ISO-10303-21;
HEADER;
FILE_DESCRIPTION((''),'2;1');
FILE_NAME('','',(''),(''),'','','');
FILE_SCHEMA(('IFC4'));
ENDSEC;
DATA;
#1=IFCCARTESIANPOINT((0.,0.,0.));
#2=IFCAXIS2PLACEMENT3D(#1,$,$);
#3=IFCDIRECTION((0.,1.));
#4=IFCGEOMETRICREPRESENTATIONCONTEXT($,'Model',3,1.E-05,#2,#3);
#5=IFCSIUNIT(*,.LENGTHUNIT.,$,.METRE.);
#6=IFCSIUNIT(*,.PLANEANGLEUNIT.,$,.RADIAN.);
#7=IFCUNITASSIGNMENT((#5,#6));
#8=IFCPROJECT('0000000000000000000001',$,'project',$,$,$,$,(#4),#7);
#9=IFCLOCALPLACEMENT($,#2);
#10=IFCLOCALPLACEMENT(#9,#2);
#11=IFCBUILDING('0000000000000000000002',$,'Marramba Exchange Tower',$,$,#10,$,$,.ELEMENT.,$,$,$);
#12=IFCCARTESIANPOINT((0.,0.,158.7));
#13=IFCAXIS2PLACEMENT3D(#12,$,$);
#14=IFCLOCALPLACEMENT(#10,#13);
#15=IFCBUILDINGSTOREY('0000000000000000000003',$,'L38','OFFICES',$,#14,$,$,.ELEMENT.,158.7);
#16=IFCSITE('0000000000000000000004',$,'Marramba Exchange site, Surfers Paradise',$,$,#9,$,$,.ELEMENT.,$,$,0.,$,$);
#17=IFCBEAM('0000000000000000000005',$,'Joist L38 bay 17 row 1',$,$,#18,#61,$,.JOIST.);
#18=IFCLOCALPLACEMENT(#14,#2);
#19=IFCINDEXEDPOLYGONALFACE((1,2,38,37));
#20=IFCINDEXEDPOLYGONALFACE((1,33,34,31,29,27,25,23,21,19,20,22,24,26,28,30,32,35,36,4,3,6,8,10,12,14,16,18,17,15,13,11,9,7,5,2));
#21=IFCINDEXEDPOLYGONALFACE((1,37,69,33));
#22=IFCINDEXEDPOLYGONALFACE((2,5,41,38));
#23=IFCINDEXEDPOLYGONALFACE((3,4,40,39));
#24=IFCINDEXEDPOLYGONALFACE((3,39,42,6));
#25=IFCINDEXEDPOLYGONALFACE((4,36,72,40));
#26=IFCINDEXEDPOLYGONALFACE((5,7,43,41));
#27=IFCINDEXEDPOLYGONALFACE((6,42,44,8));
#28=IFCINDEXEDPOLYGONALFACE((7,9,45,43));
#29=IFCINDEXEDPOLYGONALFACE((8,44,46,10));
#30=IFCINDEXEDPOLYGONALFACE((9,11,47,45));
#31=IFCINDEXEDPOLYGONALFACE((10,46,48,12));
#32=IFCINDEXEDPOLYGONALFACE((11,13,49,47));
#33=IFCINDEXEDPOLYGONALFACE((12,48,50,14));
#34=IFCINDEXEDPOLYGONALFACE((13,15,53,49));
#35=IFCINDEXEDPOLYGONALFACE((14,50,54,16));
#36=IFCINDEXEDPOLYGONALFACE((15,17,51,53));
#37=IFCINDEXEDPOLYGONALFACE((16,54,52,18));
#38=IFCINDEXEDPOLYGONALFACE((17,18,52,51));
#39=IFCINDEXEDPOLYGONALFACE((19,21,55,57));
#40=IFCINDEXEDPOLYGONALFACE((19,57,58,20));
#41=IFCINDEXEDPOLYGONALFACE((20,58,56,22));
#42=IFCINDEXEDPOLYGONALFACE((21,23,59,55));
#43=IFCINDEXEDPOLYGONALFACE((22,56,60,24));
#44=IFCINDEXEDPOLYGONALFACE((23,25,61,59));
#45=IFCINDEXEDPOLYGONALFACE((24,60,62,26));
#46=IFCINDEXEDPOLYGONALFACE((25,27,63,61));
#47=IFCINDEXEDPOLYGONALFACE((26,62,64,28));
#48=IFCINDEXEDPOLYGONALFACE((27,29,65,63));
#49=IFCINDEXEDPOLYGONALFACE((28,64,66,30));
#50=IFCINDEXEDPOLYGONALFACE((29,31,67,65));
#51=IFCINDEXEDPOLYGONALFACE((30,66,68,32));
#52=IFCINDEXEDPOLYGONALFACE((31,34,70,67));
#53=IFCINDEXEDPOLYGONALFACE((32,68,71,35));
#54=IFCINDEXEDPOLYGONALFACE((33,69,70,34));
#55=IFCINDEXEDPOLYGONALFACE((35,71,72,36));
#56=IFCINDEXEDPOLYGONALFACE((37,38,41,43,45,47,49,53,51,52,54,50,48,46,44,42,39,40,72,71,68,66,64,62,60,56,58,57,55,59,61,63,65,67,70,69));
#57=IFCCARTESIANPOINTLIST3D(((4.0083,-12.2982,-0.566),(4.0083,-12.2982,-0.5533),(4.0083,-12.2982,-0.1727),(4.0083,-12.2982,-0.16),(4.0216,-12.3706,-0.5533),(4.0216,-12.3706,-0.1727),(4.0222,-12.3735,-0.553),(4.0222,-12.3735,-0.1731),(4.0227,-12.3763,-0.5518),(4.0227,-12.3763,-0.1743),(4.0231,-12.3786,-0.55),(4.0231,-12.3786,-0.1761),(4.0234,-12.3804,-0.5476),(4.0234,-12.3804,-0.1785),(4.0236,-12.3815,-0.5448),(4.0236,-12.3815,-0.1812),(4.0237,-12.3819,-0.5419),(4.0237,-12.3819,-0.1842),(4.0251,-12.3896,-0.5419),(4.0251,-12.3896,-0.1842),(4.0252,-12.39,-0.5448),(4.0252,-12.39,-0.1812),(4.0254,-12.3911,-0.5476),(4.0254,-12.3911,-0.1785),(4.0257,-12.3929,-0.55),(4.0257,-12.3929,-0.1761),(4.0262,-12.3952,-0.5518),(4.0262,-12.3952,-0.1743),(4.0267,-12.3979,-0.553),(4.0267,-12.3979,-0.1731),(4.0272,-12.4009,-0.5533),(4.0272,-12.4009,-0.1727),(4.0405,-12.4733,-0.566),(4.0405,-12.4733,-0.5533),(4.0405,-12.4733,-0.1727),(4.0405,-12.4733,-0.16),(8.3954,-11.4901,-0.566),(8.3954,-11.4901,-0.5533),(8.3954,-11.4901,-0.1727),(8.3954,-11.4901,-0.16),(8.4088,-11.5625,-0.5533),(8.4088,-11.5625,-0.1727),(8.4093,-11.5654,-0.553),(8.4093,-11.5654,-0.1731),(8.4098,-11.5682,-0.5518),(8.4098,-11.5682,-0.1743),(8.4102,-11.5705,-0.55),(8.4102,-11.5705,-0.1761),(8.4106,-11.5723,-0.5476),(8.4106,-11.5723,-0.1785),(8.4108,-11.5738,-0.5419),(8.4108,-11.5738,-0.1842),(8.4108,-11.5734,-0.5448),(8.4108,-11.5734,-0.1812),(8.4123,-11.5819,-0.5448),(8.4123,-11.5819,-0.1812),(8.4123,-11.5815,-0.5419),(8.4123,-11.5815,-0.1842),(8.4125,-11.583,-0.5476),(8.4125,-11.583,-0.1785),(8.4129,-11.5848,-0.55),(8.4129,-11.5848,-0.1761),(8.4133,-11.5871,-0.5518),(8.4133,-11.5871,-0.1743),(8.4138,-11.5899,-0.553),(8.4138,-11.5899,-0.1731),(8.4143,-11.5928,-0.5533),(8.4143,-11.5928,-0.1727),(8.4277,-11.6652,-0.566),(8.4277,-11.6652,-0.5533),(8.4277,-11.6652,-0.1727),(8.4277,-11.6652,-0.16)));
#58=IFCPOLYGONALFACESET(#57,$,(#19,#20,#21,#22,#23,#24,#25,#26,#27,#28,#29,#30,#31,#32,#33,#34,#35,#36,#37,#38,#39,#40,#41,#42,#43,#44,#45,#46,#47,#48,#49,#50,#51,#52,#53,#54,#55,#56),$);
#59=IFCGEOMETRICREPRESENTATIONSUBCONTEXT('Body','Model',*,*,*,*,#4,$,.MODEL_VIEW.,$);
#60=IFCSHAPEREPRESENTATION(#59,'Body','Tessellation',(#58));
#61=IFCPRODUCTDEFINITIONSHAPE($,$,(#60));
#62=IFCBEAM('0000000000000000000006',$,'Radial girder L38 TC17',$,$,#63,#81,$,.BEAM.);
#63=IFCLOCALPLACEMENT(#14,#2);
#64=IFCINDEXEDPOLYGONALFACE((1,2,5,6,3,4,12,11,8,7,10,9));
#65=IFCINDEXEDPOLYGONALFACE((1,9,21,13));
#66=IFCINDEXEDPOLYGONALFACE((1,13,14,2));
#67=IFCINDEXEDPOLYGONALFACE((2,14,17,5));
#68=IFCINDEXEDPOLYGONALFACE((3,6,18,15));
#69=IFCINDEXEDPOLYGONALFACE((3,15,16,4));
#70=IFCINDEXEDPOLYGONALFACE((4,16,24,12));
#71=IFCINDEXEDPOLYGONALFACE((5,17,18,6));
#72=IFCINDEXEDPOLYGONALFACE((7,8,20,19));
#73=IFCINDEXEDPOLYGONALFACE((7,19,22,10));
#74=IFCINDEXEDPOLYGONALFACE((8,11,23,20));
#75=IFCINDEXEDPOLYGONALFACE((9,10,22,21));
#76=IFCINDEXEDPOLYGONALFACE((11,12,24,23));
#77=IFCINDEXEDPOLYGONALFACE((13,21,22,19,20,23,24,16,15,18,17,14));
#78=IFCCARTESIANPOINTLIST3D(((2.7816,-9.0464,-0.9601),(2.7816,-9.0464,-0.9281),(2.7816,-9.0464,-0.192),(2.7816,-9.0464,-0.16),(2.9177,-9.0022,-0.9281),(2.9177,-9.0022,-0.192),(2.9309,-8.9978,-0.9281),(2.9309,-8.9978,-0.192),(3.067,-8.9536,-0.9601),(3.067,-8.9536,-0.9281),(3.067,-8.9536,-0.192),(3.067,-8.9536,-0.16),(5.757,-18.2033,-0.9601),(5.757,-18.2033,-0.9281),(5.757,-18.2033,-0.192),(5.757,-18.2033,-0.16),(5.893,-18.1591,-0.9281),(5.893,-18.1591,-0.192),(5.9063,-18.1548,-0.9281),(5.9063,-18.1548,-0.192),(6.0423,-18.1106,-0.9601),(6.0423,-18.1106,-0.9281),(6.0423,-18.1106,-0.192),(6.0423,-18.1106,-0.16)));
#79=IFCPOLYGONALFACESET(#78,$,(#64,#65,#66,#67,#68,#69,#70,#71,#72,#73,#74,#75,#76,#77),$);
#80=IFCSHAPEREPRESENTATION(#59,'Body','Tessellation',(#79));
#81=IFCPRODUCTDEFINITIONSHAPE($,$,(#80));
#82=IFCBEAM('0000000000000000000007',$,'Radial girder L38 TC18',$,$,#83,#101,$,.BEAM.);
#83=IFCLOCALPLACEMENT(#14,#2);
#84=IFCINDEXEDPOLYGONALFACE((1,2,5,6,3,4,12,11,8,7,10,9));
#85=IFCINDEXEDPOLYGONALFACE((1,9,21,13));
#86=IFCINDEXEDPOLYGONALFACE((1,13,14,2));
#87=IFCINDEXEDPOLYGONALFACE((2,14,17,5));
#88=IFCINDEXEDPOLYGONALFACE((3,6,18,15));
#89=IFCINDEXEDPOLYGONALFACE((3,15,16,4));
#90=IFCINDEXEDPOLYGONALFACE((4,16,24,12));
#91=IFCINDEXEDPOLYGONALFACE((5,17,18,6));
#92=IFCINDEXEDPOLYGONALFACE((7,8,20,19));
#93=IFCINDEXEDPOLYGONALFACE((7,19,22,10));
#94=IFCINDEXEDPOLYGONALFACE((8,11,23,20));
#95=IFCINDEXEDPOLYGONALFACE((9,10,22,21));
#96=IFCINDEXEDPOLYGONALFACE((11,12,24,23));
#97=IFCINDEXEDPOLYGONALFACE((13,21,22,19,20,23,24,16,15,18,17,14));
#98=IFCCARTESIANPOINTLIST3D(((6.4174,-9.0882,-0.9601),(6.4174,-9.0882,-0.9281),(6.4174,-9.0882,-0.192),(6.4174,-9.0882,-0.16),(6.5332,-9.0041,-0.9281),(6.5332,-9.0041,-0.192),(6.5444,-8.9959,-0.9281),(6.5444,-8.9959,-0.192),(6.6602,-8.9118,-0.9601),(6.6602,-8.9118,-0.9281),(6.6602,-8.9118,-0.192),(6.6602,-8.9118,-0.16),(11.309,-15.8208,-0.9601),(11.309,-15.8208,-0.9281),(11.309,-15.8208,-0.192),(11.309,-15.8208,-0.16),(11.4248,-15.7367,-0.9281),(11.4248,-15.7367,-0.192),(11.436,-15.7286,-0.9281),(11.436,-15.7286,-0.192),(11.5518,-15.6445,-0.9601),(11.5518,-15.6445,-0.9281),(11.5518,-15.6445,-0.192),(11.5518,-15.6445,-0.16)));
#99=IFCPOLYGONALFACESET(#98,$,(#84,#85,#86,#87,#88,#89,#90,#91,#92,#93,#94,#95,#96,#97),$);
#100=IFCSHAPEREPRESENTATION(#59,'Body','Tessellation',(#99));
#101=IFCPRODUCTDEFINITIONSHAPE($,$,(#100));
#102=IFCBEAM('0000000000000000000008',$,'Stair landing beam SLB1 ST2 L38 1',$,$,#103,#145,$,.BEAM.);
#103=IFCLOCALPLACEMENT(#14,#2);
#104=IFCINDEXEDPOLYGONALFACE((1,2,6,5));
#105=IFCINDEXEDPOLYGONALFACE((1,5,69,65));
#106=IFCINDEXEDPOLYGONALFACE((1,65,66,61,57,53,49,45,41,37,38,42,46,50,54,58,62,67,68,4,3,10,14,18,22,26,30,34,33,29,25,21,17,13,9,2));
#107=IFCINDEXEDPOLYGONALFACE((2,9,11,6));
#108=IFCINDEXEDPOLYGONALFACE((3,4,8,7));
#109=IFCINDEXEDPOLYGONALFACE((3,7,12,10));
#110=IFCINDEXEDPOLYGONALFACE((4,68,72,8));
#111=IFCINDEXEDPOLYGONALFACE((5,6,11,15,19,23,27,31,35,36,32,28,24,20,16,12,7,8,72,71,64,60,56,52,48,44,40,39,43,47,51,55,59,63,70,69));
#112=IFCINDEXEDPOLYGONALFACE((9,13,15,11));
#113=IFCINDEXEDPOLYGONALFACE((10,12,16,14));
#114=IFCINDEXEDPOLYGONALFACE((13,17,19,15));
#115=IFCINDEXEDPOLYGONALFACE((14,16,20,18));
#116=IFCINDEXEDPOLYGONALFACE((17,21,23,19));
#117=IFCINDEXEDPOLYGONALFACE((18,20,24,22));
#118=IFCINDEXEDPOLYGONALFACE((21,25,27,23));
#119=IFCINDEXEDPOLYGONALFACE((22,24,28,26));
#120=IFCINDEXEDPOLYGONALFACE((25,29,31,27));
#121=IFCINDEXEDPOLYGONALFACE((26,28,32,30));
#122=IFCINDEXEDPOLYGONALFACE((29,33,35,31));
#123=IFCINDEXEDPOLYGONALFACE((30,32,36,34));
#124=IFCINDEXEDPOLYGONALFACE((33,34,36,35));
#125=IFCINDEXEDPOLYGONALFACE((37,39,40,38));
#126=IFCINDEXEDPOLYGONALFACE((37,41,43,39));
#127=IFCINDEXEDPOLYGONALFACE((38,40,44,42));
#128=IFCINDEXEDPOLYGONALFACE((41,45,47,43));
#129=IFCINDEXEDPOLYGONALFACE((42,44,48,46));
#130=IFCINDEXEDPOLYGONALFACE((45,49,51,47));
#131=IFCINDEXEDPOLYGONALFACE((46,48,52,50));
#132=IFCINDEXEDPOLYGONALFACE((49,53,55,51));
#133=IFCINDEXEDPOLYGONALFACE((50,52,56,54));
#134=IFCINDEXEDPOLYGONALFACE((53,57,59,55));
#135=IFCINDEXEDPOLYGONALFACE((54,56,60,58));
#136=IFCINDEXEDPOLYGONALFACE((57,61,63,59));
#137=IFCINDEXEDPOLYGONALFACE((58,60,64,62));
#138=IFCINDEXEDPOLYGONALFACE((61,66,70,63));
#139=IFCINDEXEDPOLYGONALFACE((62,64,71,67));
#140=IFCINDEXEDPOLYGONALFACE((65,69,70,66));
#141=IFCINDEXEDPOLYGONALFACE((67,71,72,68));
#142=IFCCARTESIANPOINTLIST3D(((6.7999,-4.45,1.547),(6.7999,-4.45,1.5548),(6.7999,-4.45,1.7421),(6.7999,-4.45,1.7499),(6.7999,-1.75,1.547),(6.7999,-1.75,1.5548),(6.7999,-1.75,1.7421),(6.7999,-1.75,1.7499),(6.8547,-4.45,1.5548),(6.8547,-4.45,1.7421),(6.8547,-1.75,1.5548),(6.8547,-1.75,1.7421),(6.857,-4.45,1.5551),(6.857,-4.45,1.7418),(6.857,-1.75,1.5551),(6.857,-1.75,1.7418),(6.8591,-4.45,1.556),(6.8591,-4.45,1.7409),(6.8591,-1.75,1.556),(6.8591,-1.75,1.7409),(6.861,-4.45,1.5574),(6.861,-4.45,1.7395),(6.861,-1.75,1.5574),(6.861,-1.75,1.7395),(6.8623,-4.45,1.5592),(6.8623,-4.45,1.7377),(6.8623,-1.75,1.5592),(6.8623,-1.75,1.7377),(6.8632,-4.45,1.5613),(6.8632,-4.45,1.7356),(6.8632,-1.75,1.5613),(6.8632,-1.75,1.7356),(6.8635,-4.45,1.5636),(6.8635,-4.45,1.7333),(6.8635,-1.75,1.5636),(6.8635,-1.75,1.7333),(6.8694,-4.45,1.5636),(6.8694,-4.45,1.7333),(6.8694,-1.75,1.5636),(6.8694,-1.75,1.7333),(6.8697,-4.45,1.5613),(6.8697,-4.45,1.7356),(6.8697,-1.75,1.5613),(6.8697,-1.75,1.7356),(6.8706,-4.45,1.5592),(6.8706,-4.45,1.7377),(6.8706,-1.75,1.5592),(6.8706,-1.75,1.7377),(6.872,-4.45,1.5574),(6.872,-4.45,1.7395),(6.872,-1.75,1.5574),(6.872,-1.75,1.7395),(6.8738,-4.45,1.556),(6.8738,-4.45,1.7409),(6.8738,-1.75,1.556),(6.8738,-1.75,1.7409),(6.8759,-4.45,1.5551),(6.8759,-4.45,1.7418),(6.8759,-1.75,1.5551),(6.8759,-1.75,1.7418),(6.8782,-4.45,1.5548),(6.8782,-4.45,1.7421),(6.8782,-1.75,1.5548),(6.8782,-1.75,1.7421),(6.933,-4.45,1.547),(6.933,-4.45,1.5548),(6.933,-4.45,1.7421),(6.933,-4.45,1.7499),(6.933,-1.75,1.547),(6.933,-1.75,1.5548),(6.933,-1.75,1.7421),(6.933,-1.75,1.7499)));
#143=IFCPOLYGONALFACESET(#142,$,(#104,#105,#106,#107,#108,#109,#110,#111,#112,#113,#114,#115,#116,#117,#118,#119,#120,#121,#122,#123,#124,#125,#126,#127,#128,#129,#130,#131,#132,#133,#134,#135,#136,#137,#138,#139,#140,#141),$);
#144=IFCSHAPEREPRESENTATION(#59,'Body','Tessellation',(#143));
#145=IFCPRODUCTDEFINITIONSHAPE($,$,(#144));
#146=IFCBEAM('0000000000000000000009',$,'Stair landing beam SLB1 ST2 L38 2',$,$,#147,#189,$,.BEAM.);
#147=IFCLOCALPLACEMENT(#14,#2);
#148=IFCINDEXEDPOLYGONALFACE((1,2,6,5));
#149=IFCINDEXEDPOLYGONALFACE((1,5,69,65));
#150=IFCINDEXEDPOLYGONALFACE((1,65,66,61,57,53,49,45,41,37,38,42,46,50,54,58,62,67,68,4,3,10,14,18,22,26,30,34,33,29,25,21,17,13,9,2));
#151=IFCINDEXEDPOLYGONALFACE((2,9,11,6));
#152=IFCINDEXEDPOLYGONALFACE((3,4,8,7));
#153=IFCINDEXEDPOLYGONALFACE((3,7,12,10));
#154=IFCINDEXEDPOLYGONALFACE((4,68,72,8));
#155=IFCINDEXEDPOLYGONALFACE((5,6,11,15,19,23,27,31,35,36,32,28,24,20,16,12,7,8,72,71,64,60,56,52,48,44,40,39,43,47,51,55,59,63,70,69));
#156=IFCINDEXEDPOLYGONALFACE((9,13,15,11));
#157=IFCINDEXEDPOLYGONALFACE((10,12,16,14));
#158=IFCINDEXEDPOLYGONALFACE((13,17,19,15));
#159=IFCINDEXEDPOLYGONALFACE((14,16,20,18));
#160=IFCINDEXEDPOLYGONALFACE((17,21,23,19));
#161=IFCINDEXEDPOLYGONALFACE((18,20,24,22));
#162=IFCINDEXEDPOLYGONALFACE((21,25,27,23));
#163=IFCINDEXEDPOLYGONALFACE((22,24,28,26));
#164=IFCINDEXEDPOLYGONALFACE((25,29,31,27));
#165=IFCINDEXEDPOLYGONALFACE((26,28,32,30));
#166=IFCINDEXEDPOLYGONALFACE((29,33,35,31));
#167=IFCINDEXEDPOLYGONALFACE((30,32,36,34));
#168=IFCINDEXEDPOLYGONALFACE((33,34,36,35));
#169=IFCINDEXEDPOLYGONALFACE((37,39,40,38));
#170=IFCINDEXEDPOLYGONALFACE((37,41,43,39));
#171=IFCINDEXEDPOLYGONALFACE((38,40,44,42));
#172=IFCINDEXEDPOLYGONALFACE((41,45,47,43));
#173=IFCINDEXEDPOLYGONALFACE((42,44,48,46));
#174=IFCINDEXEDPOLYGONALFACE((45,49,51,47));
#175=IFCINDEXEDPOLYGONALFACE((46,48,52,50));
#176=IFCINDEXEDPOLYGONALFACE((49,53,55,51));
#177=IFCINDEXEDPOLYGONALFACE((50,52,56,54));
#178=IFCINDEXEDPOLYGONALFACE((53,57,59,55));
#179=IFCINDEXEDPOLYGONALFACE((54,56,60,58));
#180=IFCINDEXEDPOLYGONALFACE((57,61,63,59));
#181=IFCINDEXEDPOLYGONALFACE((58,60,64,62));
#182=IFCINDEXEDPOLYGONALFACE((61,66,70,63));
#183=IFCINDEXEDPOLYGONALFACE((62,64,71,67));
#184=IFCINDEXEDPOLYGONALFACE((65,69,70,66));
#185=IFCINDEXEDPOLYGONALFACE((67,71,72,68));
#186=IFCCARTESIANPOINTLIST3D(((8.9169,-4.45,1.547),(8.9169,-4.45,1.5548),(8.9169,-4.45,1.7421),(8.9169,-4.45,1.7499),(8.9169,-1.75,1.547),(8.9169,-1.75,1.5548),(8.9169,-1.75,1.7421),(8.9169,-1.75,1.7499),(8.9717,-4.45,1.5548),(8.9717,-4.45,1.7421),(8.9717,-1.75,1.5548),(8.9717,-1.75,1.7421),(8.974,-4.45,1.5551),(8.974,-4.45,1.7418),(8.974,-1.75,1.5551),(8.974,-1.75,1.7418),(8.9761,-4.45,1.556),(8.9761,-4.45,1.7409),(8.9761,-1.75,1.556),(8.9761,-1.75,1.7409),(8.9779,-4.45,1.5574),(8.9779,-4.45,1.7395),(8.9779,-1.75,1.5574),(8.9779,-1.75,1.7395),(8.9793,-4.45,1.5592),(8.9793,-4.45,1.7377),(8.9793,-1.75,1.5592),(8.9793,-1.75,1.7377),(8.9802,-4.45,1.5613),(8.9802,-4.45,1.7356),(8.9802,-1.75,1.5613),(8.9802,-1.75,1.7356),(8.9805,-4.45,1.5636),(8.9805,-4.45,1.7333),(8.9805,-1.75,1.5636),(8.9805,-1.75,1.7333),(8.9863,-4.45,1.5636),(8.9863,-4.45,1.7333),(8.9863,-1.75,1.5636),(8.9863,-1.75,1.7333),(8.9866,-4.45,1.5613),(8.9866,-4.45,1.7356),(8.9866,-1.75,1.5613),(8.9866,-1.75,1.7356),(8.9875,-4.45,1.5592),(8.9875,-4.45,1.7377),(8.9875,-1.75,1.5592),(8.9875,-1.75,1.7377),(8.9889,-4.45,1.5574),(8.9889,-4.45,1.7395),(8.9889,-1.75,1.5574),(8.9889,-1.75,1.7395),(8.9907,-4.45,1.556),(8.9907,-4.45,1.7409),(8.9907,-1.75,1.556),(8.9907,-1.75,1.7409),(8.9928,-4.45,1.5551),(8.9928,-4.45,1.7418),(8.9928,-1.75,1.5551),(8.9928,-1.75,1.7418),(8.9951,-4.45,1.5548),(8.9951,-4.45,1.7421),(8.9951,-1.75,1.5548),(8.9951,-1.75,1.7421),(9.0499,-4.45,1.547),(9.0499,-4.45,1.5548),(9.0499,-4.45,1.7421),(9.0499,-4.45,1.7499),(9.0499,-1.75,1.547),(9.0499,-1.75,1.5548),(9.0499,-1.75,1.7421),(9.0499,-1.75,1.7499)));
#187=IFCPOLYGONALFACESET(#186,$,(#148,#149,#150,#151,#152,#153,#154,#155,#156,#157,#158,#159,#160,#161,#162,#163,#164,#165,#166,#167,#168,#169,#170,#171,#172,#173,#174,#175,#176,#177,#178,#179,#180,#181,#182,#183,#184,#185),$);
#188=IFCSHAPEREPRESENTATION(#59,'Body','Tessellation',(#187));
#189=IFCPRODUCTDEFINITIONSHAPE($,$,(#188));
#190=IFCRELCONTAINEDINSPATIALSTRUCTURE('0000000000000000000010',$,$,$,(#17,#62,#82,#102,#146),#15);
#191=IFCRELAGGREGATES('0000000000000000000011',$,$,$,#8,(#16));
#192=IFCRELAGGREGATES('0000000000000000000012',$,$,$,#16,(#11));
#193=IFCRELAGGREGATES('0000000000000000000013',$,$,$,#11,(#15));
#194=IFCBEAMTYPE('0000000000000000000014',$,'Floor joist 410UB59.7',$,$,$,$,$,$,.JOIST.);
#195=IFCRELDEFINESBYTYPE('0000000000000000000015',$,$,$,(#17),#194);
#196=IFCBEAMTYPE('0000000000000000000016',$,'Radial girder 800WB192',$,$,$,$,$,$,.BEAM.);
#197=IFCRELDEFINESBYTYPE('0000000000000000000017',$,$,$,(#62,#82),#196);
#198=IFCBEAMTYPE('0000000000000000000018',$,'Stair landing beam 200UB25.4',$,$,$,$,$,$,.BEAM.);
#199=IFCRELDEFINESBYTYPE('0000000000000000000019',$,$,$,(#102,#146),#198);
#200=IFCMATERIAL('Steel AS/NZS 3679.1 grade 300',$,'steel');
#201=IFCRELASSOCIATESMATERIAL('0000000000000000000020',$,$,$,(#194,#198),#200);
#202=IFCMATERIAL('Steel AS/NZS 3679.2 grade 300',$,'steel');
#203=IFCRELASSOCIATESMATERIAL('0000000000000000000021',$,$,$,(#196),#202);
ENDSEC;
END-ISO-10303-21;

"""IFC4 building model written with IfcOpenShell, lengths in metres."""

from ifc_helpers import new_model, si_unit, direction, frame, origin, origin_2d, place, context, subcontext, project, spatial, i_section, extrude, material, material_profile, profile_set, type_object, element, save


model = new_model("IFC4")

# Units and contexts
model_context = context("Model", 3, precision=1e-05, world=origin(), true_north=direction((0.0, 1.0)))
body_context = subcontext(model_context, "Body", "Model", "MODEL_VIEW")
ifc_project = project(units=[si_unit("LENGTHUNIT", "METRE"), si_unit("PLANEANGLEUNIT", "RADIAN")], contexts=[model_context])

# Site, building, storey
site_placement = place(None, origin())
site = spatial("IfcSite", under=ifc_project, at=site_placement, Name="Marramba Exchange site, Surfers Paradise", CompositionType="ELEMENT", RefElevation=0.0)
building_placement = place(site_placement, origin())
building = spatial("IfcBuilding", under=site, at=building_placement, Name="Marramba Exchange Tower", CompositionType="ELEMENT")
storey_placement = place(building_placement, frame((0.0, 0.0, 158.7)))
storey = spatial("IfcBuildingStorey", under=building, at=storey_placement, Name="L38", Description="OFFICES", CompositionType="ELEMENT", Elevation=158.7)

# Beams
ifc_material_1 = material(Name="Steel AS/NZS 3679.1 grade 300", Category="steel")
ifc_material_profile_1 = material_profile(ifc_material_1, i_section(OverallWidth=0.178, OverallDepth=0.406, WebThickness=0.0078, FlangeThickness=0.0127, FilletRadius=0.0115, at=origin_2d()), Name="410UB59.7")
ifc_profile_set_1 = profile_set([ifc_material_profile_1], Name="Steel AS/NZS 3679.1 grade 300")
beam_type_1 = type_object("IfcBeamType", Name="Floor joist 410UB59.7", PredefinedType="JOIST", material=ifc_profile_set_1)
beam_1_placement = place(storey_placement, frame((4.0244, -12.3857, -0.363), z_axis=(0.983456, 0.181149, 0.0), x_axis=(-0.181149, 0.983456, 0.0)))
element("IfcBeam", 1, at=beam_1_placement, inside=storey, type_object=beam_type_1, Name="Joist L38 bay 17 row 1", PredefinedType="JOIST", context=body_context, shape_type="SweptSolid", body=[
    extrude(i_section(OverallWidth=0.178, OverallDepth=0.406, WebThickness=0.0078, FlangeThickness=0.0127, FilletRadius=0.0115, at=origin_2d()), origin(), (0.0, 0.0, 1.0), 4.4609),
])
ifc_material_2 = material(Name="Steel AS/NZS 3679.2 grade 300", Category="steel")
ifc_material_profile_2 = material_profile(ifc_material_2, i_section(OverallWidth=0.3, OverallDepth=0.8, WebThickness=0.0139, FlangeThickness=0.032, at=origin_2d()), Name="800WB192")
ifc_profile_set_2 = profile_set([ifc_material_profile_2], Name="Steel AS/NZS 3679.2 grade 300")
beam_type_2 = type_object("IfcBeamType", Name="Radial girder 800WB192", PredefinedType="BEAM", material=ifc_profile_set_2)
beam_2_placement = place(storey_placement, frame((2.9243, -9.0, -0.5601), z_axis=(0.309022, -0.951055, 0.0), x_axis=(0.951055, 0.309022, 0.0)))
element("IfcBeam", 2, at=beam_2_placement, inside=storey, type_object=beam_type_2, Name="Radial girder L38 TC17", PredefinedType="BEAM", context=body_context, shape_type="SweptSolid", body=[
    extrude(i_section(OverallWidth=0.3, OverallDepth=0.8, WebThickness=0.0139, FlangeThickness=0.032, at=origin_2d()), origin(), (0.0, 0.0, 1.0), 9.6282),
])
beam_3_placement = place(storey_placement, frame((6.5388, -9.0, -0.5601), z_axis=(0.587788, -0.809015, 0.0), x_axis=(0.809015, 0.587788, 0.0)))
element("IfcBeam", 3, at=beam_3_placement, inside=storey, type_object=beam_type_2, Name="Radial girder L38 TC18", PredefinedType="BEAM", context=body_context, shape_type="SweptSolid", body=[
    extrude(i_section(OverallWidth=0.3, OverallDepth=0.8, WebThickness=0.0139, FlangeThickness=0.032, at=origin_2d()), origin(), (0.0, 0.0, 1.0), 8.322),
])
ifc_material_profile_3 = material_profile(ifc_material_1, i_section(OverallWidth=0.1331, OverallDepth=0.2029, WebThickness=0.0059, FlangeThickness=0.0078, FilletRadius=0.0088, at=origin_2d()), Name="200UB25.4")
ifc_profile_set_3 = profile_set([ifc_material_profile_3], Name="Steel AS/NZS 3679.1 grade 300")
beam_type_3 = type_object("IfcBeamType", Name="Stair landing beam 200UB25.4", PredefinedType="BEAM", material=ifc_profile_set_3)
for number, where, z_axis, x_axis, name in (
    (4, (6.8665, -4.45, 1.6484), (0.0, 1.0, 0.0), (-1.0, 0.0, 0.0), "Stair landing beam SLB1 ST2 L38 1"),
    (5, (8.9834, -4.45, 1.6484), (0.0, 1.0, 0.0), (-1.0, 0.0, 0.0), "Stair landing beam SLB1 ST2 L38 2"),
):
    element("IfcBeam", number, at=place(storey_placement, frame(where, z_axis=z_axis, x_axis=x_axis)), inside=storey, type_object=beam_type_3, Name=name, PredefinedType="BEAM", context=body_context, shape_type="SweptSolid", body=[
        extrude(i_section(OverallWidth=0.1331, OverallDepth=0.2029, WebThickness=0.0059, FlangeThickness=0.0078, FilletRadius=0.0088, at=origin_2d()), origin(), (0.0, 0.0, 1.0), 2.7),
    ])

save(model, "model.ifc")
